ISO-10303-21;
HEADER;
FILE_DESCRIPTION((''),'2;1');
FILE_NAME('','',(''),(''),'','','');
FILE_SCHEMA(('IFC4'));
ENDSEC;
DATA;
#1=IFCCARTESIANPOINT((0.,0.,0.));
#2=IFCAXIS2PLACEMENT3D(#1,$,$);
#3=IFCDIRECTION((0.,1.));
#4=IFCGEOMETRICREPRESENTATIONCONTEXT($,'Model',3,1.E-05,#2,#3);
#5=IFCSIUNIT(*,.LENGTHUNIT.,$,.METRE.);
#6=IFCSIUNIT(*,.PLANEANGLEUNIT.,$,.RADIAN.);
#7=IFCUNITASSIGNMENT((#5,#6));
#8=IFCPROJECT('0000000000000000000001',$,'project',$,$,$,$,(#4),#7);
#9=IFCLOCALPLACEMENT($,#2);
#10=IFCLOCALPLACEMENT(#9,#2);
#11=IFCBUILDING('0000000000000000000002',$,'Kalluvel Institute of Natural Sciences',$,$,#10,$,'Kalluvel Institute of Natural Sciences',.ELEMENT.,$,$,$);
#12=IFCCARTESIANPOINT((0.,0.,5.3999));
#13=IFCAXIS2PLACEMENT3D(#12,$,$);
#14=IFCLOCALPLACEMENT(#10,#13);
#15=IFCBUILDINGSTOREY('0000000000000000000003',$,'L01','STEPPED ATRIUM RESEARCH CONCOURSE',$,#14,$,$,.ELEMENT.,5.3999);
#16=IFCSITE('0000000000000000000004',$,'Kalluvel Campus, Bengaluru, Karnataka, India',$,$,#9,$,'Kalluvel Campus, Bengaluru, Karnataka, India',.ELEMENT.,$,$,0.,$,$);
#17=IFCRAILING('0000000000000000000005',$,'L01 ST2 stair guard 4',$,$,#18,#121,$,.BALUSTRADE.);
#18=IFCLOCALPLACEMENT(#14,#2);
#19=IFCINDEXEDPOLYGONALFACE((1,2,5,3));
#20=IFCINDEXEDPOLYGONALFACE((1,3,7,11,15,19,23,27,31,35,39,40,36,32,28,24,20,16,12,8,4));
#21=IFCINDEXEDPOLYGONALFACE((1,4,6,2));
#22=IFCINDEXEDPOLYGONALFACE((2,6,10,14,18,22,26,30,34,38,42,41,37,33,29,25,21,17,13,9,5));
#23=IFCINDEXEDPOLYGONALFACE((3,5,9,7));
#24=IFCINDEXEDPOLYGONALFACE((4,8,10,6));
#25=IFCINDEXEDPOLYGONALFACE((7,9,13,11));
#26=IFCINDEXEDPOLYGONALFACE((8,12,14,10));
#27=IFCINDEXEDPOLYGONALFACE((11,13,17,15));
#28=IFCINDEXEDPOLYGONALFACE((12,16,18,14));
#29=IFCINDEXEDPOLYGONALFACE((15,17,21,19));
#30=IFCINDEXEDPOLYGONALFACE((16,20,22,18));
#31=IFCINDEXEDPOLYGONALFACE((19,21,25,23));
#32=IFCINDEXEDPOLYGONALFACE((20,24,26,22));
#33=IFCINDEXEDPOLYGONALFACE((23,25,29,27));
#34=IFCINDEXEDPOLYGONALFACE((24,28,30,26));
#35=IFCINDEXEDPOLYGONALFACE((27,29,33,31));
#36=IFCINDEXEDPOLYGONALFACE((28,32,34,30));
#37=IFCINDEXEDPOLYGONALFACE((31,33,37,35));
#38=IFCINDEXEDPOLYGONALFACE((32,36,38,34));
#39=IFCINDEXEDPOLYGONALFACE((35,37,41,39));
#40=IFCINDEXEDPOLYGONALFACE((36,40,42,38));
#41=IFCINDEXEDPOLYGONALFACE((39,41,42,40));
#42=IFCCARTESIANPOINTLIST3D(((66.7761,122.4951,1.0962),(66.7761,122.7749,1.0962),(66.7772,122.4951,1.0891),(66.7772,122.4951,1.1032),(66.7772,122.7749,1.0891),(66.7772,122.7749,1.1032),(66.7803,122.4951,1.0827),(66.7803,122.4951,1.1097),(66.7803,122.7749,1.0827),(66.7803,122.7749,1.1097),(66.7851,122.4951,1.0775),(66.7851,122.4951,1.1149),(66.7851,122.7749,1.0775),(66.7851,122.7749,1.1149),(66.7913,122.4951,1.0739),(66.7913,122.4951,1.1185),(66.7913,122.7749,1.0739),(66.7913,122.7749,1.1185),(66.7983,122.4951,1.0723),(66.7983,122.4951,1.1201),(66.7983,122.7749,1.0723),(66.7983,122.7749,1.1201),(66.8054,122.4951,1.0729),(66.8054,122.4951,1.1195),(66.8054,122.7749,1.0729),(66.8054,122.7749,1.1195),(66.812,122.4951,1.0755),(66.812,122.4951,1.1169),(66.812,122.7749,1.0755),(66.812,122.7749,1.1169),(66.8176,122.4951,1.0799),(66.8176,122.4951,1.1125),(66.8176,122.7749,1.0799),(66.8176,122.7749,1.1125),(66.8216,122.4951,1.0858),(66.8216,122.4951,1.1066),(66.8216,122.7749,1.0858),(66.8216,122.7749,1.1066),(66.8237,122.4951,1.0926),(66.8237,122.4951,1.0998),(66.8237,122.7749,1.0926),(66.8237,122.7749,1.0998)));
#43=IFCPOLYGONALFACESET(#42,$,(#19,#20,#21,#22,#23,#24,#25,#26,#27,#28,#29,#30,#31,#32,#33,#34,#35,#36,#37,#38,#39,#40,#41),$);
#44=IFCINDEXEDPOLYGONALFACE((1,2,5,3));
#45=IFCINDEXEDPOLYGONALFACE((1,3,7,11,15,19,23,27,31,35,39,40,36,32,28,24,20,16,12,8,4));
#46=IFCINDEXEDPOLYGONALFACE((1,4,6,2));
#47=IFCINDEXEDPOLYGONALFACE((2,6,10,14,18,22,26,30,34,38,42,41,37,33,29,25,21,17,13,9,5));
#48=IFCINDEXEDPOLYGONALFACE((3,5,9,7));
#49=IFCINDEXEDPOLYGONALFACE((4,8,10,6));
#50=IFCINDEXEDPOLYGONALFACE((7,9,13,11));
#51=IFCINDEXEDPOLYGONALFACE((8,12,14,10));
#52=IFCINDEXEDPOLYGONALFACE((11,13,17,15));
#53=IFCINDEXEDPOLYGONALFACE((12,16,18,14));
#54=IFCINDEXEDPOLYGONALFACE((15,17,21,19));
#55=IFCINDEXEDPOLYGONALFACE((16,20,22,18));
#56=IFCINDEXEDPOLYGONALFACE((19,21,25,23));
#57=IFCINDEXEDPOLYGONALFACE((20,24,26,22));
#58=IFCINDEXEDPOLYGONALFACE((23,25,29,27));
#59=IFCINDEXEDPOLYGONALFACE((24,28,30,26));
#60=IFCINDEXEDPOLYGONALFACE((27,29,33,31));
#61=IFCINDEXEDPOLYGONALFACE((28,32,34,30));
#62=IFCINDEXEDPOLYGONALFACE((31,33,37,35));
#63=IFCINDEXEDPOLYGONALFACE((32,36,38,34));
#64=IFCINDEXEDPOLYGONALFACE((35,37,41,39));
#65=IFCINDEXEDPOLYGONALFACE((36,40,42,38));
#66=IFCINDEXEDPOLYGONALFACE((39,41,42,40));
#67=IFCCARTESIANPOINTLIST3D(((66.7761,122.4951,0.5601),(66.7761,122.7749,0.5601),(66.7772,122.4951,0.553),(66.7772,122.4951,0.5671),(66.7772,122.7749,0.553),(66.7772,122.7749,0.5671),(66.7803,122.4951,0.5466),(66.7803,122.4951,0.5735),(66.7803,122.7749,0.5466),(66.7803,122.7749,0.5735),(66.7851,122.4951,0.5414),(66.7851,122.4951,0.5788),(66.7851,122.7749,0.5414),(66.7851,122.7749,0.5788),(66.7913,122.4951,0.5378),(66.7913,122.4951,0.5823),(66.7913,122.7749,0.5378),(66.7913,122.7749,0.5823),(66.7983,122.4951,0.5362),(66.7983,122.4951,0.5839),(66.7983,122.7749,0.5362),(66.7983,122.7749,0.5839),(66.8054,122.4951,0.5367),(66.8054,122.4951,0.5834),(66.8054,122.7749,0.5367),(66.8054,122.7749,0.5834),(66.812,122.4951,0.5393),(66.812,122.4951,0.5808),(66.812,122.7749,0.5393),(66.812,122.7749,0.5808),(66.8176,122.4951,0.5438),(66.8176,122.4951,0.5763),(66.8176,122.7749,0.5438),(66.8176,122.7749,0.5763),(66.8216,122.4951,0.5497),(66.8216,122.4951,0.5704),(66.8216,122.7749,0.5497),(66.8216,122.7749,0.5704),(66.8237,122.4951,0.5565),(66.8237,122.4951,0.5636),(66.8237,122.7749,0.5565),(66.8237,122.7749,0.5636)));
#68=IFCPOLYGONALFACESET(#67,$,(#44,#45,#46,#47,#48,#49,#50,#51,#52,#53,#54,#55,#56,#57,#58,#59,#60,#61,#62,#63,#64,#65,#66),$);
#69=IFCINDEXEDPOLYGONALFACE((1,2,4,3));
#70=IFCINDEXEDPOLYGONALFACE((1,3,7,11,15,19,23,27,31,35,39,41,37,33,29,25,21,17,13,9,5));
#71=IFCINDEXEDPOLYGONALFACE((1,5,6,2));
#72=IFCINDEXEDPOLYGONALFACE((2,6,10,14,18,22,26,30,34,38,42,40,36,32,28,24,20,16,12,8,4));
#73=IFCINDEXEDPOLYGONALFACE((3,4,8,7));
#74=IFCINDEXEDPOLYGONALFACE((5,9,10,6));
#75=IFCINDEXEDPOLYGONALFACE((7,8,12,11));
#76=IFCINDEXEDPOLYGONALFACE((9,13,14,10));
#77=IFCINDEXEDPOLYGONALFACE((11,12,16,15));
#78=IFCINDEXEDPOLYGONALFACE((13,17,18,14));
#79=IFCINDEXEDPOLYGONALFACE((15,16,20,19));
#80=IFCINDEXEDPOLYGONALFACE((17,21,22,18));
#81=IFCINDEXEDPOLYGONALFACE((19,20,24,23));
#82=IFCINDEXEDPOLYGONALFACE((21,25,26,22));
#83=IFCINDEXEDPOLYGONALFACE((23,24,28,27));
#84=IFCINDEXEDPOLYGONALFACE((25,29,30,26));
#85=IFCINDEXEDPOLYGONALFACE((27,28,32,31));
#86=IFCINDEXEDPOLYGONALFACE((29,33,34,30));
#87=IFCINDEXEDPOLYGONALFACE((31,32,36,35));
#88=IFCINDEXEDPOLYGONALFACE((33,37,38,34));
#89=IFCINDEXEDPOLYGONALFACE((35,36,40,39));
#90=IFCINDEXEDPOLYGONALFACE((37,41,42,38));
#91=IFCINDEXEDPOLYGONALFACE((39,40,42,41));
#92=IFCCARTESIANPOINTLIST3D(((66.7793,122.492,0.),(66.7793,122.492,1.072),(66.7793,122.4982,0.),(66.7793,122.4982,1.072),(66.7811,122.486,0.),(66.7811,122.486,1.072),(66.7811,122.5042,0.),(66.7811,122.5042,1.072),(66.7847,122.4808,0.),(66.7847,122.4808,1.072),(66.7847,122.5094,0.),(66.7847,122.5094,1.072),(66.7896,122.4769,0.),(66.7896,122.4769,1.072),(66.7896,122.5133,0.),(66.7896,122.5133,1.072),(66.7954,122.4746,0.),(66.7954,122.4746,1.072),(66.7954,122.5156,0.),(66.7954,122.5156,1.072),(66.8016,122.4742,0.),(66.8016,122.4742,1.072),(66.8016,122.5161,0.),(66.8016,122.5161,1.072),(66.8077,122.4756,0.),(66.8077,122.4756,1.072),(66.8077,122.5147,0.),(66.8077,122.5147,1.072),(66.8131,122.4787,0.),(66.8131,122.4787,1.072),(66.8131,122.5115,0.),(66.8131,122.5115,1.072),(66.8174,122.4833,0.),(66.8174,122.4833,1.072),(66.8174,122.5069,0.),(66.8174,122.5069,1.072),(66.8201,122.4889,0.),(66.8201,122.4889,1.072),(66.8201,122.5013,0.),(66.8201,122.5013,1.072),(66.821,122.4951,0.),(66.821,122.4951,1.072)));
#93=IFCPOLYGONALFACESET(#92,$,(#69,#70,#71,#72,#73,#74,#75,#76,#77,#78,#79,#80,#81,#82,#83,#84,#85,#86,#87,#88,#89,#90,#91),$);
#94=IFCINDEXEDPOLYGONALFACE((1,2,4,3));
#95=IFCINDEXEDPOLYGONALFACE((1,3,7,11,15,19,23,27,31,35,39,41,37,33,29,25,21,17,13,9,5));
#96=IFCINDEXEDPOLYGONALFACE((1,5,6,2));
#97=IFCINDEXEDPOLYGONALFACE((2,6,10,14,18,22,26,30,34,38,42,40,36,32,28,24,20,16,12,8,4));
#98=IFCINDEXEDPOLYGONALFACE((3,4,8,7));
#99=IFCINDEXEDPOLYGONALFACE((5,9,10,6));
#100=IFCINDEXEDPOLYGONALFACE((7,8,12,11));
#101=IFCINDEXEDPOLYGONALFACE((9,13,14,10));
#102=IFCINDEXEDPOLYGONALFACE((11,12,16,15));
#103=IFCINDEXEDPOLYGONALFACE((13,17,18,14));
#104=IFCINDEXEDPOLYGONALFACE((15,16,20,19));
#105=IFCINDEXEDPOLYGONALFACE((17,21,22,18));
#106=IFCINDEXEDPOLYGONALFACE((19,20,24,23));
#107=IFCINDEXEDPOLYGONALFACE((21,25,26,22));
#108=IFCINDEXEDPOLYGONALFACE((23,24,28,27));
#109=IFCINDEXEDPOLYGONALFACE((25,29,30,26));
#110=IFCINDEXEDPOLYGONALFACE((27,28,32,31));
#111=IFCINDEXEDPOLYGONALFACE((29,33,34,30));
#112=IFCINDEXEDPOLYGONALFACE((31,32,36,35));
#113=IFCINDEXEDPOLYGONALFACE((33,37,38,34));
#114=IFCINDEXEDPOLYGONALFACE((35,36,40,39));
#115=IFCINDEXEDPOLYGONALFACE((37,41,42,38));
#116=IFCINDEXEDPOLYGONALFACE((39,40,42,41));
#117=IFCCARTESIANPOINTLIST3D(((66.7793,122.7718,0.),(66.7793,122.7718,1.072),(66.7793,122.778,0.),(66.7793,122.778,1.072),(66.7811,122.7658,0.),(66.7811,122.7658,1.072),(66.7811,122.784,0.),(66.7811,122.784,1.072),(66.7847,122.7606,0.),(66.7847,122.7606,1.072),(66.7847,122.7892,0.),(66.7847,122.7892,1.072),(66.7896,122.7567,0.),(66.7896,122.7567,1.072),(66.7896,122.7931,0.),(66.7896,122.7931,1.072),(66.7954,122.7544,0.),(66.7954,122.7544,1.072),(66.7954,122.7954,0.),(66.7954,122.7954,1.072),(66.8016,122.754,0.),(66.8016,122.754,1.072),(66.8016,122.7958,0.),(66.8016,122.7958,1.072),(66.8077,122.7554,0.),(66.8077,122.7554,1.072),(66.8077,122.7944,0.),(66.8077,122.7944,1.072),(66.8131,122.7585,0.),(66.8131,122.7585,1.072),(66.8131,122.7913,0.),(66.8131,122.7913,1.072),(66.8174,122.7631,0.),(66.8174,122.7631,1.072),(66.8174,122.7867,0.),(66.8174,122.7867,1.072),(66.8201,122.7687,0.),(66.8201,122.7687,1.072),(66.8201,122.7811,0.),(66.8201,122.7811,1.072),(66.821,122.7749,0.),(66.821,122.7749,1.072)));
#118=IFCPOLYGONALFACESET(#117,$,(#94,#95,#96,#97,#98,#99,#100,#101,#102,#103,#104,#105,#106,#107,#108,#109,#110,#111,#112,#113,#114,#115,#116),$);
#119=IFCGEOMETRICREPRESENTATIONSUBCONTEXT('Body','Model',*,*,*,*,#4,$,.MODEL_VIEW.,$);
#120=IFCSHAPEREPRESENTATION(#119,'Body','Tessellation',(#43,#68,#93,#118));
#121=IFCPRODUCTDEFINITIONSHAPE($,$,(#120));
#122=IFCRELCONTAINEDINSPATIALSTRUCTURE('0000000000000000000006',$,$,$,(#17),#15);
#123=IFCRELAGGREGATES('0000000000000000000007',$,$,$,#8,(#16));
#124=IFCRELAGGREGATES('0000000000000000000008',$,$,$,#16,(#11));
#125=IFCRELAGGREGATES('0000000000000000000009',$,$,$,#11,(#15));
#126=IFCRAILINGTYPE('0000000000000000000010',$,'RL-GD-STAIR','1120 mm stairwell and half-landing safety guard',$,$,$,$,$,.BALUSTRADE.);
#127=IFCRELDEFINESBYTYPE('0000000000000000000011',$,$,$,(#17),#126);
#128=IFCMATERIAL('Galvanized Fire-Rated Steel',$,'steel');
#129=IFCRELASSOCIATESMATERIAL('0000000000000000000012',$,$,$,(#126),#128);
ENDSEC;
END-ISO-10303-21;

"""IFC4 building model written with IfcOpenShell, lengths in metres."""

from ifc_helpers import new_model, si_unit, direction, frame, origin, origin_2d, place, context, subcontext, project, spatial, circle, extrude, material, type_object, element, save


model = new_model("IFC4")

# Units and contexts
model_context = context("Model", 3, precision=1e-05, world=origin(), true_north=direction((0.0, 1.0)))
body_context = subcontext(model_context, "Body", "Model", "MODEL_VIEW")
ifc_project = project(units=[si_unit("LENGTHUNIT", "METRE"), si_unit("PLANEANGLEUNIT", "RADIAN")], contexts=[model_context])

# Site, building, storey
site_placement = place(None, origin())
site = spatial("IfcSite", under=ifc_project, at=site_placement, Name="Kalluvel Campus, Bengaluru, Karnataka, India", LongName="Kalluvel Campus, Bengaluru, Karnataka, India", CompositionType="ELEMENT", RefElevation=0.0)
building_placement = place(site_placement, origin())
building = spatial("IfcBuilding", under=site, at=building_placement, Name="Kalluvel Institute of Natural Sciences", LongName="Kalluvel Institute of Natural Sciences", CompositionType="ELEMENT")
storey_placement = place(building_placement, frame((0.0, 0.0, 5.3999)))
storey = spatial("IfcBuildingStorey", under=building, at=storey_placement, Name="L01", Description="STEPPED ATRIUM RESEARCH CONCOURSE", CompositionType="ELEMENT", Elevation=5.3999)

# Shared definitions
ifc_material_1 = material(Name="Galvanized Fire-Rated Steel", Category="steel")

# Railing
railing_type_1 = type_object("IfcRailingType", Name="RL-GD-STAIR", Description="1120 mm stairwell and half-landing safety guard", PredefinedType="BALUSTRADE", material=ifc_material_1)
railing_1_placement = place(storey_placement, frame((66.8, 122.4951, 0.0)))
element("IfcRailing", 1, at=railing_1_placement, inside=storey, type_object=railing_type_1, Name="L01 ST2 stair guard 4", PredefinedType="BALUSTRADE", context=body_context, shape_type="SweptSolid", body=[
    extrude(circle(Radius=0.0239, at=origin_2d()), frame((0.0, 0.0, 1.0962), z_axis=(0.0, 1.0, 0.0), x_axis=(-1.0, 0.0, 0.0)), (0.0, 0.0, 1.0), 0.2798),
    extrude(circle(Radius=0.0239, at=origin_2d()), frame((0.0, 0.0, 0.5601), z_axis=(0.0, 1.0, 0.0), x_axis=(-1.0, 0.0, 0.0)), (0.0, 0.0, 1.0), 0.2798),
    extrude(circle(Radius=0.021, at=origin_2d()), origin(), (0.0, 0.0, 1.0), 1.072),
    extrude(circle(Radius=0.021, at=origin_2d()), frame((0.0, 0.2798, 0.0)), (0.0, 0.0, 1.0), 1.072),
])

save(model, "model.ifc")
